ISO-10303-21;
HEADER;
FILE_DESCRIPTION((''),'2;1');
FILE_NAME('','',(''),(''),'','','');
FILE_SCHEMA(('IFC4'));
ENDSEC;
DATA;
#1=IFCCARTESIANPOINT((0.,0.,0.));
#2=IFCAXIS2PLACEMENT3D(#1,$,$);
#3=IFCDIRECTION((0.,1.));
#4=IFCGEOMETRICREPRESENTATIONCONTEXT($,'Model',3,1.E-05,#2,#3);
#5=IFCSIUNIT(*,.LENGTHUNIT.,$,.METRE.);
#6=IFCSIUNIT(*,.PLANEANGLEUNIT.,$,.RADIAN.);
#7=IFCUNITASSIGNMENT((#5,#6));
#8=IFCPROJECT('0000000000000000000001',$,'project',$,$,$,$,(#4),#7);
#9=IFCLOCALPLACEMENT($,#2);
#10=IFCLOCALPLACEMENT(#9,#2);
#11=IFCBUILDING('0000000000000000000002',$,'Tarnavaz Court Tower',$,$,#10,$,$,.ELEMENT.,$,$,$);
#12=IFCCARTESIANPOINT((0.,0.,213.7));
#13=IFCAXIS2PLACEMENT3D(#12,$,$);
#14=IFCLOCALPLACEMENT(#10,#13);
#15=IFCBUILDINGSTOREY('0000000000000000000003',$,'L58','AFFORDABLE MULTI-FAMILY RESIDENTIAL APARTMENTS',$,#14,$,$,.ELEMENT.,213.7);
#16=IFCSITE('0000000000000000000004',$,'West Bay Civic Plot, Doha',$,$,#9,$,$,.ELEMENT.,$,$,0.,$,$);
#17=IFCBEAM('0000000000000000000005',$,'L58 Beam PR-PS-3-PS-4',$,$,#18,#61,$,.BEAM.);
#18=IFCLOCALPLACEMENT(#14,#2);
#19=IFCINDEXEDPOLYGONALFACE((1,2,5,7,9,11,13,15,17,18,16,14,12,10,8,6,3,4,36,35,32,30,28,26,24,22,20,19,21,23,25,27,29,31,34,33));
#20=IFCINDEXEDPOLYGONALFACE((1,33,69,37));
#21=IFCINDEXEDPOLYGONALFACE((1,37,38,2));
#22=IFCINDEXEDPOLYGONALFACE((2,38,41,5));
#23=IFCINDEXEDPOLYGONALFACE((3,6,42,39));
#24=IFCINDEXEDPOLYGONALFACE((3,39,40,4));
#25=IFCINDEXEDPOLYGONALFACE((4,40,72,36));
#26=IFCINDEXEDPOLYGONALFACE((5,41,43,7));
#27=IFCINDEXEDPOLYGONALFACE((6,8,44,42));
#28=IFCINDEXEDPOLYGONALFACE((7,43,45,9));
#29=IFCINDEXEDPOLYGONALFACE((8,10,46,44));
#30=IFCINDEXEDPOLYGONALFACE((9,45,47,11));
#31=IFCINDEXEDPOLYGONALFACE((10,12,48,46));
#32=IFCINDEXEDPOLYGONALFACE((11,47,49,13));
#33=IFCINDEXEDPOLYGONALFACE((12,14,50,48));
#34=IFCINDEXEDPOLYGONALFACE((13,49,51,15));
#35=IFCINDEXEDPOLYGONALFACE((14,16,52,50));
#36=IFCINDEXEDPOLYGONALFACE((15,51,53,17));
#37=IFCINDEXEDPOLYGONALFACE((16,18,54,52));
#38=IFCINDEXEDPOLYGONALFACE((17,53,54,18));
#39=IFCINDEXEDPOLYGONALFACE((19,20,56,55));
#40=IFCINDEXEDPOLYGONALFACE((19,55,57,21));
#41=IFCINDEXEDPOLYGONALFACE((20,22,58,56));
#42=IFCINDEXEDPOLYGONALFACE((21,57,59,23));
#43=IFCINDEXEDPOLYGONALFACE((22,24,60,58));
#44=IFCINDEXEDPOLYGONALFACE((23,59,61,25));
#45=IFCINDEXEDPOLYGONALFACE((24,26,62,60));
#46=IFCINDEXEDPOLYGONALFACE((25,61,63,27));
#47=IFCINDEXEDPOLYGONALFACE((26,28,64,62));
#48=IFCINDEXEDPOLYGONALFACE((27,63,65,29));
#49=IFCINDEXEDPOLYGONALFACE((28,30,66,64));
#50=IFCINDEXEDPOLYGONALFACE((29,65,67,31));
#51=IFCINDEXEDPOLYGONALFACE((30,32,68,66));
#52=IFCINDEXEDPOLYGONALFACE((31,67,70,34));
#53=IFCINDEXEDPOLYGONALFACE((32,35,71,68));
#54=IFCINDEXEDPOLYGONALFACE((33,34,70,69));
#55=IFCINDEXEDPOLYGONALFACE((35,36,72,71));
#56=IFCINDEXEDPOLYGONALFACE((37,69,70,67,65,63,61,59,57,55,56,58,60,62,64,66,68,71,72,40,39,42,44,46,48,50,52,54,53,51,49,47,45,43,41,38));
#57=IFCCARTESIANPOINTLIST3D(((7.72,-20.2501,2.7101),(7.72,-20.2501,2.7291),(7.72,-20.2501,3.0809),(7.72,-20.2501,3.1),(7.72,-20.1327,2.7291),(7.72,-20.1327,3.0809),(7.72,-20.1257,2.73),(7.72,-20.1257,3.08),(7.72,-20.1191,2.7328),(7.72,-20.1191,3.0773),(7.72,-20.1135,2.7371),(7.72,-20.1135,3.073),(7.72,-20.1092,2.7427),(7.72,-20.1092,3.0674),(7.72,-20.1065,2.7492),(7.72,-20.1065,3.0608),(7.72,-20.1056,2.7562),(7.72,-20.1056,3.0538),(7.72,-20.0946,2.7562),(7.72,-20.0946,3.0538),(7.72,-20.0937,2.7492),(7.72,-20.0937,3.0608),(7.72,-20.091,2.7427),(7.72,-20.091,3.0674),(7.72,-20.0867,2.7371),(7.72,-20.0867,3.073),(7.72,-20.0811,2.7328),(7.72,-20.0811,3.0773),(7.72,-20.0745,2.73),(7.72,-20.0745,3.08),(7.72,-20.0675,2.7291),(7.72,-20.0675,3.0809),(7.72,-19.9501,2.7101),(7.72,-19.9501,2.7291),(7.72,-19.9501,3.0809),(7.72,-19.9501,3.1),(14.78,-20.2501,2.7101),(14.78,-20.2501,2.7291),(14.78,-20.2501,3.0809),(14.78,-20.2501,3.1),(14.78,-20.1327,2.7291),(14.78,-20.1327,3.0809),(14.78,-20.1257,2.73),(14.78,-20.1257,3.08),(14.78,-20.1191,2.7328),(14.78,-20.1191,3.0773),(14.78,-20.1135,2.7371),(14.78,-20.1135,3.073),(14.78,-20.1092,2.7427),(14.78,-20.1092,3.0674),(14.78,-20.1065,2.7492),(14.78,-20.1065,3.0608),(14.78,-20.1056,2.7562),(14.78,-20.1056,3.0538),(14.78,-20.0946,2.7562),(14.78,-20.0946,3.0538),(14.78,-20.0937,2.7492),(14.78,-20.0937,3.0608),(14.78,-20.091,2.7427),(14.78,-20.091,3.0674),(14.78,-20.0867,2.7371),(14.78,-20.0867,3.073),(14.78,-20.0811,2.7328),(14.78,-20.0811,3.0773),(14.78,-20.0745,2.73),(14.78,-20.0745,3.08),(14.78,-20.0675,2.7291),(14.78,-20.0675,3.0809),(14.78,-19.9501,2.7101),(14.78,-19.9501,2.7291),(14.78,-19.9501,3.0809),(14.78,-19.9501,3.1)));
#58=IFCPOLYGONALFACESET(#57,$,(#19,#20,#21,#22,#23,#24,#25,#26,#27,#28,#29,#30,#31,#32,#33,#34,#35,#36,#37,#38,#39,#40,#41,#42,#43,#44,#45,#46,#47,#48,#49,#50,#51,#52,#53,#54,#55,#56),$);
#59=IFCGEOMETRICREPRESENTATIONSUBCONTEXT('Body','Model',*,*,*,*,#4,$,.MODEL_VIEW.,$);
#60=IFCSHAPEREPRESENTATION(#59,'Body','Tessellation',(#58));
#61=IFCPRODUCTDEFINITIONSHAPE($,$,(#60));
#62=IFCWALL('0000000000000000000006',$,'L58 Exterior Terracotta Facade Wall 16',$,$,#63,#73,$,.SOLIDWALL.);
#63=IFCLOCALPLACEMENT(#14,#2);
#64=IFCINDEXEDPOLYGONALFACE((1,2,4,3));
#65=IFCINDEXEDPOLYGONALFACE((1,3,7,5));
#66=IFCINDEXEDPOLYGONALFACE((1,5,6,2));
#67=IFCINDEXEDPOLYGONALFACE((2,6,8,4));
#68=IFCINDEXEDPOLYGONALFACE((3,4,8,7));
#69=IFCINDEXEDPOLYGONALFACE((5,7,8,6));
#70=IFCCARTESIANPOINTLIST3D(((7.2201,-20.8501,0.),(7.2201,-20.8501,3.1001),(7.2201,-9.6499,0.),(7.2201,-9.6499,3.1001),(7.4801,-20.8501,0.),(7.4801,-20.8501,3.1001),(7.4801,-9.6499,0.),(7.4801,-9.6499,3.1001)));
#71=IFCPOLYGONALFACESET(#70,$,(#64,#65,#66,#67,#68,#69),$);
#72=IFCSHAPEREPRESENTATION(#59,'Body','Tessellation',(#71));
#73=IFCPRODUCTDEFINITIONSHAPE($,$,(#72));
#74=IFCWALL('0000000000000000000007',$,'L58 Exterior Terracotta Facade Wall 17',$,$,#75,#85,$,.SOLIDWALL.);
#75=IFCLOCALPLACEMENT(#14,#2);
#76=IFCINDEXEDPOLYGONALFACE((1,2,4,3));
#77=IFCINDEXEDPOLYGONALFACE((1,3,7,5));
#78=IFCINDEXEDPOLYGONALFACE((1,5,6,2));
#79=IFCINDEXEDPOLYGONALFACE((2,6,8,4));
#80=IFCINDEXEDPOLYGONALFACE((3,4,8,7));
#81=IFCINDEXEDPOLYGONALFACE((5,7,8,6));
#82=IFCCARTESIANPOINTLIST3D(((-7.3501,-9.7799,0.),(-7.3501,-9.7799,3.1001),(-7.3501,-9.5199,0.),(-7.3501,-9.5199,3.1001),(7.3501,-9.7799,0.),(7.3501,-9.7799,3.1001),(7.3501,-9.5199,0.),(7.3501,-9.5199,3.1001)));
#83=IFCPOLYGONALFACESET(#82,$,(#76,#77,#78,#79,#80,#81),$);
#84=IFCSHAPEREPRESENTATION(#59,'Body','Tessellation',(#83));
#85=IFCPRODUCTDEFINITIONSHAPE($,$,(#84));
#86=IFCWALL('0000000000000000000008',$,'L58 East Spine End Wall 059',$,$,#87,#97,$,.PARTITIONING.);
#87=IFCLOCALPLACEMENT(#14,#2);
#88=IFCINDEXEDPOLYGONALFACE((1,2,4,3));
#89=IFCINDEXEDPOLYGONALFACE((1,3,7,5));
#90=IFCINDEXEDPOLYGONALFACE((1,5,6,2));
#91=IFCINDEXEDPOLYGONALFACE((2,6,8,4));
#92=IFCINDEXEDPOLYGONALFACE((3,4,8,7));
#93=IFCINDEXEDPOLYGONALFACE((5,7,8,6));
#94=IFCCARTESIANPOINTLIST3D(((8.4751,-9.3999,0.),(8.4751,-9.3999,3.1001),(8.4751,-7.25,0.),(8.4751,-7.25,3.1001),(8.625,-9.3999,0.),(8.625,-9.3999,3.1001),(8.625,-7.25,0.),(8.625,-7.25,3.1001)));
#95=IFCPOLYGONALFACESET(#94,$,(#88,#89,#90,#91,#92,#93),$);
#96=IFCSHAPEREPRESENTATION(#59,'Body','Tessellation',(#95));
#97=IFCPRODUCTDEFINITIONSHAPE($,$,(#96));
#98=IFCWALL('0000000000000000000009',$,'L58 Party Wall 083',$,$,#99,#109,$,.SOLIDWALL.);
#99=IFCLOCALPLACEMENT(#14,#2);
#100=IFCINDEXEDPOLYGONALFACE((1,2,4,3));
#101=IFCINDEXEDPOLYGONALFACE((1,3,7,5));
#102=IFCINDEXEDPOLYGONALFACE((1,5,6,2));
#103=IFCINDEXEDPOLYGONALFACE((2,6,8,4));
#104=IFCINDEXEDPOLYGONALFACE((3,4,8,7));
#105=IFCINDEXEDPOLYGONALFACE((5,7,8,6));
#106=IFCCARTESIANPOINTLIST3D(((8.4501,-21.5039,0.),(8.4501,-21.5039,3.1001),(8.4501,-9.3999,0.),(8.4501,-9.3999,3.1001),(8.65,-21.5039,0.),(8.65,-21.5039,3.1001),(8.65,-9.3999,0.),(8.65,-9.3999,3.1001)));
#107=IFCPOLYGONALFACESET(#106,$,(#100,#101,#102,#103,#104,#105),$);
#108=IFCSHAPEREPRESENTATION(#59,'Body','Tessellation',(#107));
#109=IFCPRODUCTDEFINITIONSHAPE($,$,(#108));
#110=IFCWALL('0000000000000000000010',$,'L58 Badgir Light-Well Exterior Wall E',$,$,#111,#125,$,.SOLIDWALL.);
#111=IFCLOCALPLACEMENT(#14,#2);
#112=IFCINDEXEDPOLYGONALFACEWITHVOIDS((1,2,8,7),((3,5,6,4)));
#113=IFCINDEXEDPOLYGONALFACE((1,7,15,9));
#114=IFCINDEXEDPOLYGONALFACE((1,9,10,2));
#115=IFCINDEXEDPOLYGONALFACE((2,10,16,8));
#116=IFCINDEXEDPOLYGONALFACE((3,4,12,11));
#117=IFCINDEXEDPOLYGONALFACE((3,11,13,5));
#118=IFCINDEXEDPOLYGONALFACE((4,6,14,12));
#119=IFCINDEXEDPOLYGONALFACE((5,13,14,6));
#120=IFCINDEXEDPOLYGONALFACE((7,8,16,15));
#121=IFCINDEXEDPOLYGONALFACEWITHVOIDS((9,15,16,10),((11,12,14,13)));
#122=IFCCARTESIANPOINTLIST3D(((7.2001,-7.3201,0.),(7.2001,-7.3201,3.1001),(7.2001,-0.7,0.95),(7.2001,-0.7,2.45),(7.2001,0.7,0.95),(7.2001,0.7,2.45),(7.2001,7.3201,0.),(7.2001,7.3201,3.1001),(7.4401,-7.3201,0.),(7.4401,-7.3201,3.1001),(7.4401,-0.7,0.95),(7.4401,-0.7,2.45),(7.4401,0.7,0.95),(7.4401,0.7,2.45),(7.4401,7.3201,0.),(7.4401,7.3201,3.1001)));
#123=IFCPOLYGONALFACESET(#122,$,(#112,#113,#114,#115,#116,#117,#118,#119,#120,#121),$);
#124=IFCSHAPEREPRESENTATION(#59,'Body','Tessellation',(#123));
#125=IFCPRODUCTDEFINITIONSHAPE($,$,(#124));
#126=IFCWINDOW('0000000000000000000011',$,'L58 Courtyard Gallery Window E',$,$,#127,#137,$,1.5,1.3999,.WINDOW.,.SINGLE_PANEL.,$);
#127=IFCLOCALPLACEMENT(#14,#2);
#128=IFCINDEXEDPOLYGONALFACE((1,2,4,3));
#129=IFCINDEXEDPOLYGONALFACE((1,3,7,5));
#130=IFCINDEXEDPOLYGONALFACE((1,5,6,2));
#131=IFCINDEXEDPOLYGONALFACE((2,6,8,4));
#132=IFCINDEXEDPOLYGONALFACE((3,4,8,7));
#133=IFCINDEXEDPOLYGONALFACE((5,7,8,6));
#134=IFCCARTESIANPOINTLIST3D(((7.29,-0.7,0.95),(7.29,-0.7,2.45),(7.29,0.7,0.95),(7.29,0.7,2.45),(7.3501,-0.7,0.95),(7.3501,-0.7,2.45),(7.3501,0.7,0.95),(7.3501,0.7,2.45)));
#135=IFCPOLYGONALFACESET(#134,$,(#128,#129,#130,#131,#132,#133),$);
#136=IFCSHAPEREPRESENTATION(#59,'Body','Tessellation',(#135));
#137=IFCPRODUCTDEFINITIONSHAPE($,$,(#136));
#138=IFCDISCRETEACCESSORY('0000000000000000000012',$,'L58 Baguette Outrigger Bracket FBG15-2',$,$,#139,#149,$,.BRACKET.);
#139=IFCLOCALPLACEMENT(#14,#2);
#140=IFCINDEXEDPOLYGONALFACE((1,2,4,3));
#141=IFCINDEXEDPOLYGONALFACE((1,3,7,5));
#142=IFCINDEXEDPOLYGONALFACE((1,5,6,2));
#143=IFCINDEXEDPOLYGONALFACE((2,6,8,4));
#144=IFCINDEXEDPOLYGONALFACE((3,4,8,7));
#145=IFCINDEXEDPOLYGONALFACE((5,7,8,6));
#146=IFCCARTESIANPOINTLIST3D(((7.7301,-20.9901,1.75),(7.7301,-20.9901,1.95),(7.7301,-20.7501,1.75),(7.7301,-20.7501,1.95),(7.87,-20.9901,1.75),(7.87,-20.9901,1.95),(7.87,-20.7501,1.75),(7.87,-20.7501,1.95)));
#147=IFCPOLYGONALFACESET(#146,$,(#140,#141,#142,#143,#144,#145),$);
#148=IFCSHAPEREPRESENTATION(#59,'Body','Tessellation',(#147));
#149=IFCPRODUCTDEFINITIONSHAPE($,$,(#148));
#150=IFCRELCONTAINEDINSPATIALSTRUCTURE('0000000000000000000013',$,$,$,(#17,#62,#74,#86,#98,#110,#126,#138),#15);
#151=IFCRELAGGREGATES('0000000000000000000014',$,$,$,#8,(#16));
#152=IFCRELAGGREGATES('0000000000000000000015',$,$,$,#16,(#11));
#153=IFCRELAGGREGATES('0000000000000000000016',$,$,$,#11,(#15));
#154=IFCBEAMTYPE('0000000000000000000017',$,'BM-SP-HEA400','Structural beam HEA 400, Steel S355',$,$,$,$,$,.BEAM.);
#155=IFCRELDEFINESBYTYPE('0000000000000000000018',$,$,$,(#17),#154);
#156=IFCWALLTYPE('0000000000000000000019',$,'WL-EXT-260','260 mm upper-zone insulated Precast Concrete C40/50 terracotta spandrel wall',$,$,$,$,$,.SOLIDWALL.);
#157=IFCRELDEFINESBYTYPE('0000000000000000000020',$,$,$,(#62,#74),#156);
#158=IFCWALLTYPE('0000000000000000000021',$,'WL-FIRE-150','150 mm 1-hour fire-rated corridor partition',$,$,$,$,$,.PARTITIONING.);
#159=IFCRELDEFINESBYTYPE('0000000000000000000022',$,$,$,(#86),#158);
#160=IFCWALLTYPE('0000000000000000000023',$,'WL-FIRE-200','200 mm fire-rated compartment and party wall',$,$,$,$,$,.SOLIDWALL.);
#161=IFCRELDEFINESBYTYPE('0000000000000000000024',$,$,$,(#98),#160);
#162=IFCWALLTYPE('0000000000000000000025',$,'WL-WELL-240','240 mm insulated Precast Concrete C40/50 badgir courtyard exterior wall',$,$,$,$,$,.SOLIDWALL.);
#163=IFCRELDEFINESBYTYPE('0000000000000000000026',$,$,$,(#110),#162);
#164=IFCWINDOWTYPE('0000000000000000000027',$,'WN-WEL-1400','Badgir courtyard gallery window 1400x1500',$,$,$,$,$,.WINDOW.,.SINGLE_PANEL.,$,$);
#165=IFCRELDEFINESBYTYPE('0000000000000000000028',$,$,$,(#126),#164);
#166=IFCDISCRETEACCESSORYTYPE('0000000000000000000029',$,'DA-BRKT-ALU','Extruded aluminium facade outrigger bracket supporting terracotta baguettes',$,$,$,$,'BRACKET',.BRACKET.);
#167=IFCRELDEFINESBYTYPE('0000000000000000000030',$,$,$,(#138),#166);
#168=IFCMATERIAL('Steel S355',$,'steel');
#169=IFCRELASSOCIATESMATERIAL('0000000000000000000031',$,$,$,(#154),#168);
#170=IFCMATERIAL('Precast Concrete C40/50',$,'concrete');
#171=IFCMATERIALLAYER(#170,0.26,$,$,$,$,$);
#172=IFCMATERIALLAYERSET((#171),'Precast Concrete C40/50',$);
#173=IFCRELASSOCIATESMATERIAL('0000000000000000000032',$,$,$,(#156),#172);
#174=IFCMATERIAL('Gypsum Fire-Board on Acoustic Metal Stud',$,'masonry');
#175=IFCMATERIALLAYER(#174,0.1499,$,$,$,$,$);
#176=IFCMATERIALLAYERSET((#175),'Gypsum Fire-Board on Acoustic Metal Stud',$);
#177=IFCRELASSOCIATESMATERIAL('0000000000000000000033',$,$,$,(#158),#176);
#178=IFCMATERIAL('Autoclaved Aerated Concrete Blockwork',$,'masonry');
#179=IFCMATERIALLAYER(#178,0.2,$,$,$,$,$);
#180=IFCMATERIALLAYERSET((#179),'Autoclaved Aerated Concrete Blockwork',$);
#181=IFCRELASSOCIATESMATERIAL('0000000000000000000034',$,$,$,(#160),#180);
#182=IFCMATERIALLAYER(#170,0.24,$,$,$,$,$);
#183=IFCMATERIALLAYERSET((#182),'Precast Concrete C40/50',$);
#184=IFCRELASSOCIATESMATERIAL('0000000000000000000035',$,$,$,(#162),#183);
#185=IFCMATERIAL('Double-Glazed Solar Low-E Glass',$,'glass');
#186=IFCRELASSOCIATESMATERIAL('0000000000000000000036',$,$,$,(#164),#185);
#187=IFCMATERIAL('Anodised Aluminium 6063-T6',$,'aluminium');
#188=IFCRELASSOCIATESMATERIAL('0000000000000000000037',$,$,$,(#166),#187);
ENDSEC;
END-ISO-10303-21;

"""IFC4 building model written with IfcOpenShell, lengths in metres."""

from ifc_helpers import new_model, si_unit, direction, frame, frame_2d, origin, origin_2d, place, context, subcontext, project, spatial, rectangle, i_section, extrude, material, layer, layer_set, material_profile, profile_set, type_object, element, fill, save


model = new_model("IFC4")

# Units and contexts
model_context = context("Model", 3, precision=1e-05, world=origin(), true_north=direction((0.0, 1.0)))
body_context = subcontext(model_context, "Body", "Model", "MODEL_VIEW")
ifc_project = project(units=[si_unit("LENGTHUNIT", "METRE"), si_unit("PLANEANGLEUNIT", "RADIAN")], contexts=[model_context])

# Site, building, storey
site_placement = place(None, origin())
site = spatial("IfcSite", under=ifc_project, at=site_placement, Name="West Bay Civic Plot, Doha", CompositionType="ELEMENT", RefElevation=0.0)
building_placement = place(site_placement, origin())
building = spatial("IfcBuilding", under=site, at=building_placement, Name="Tarnavaz Court Tower", CompositionType="ELEMENT")
storey_placement = place(building_placement, frame((0.0, 0.0, 213.7)))
storey = spatial("IfcBuildingStorey", under=building, at=storey_placement, Name="L58", Description="AFFORDABLE MULTI-FAMILY RESIDENTIAL APARTMENTS", CompositionType="ELEMENT", Elevation=213.7)

# Beam
ifc_material_1 = material(Name="Steel S355", Category="steel")
ifc_material_profile_1 = material_profile(ifc_material_1, i_section(OverallWidth=0.3, OverallDepth=0.3899, WebThickness=0.011, FlangeThickness=0.019, FilletRadius=0.0271, at=origin_2d()), Name="HEA 400")
ifc_profile_set_1 = profile_set([ifc_material_profile_1], Name="Steel S355")
beam_type_1 = type_object("IfcBeamType", Name="BM-SP-HEA400", Description="Structural beam HEA 400, Steel S355", PredefinedType="BEAM", material=ifc_profile_set_1)
beam_1_placement = place(storey_placement, frame((7.72, -20.1001, 2.905), z_axis=(1.0, 0.0, 0.0), x_axis=(0.0, 1.0, 0.0)))
element("IfcBeam", 1, at=beam_1_placement, inside=storey, type_object=beam_type_1, Name="L58 Beam PR-PS-3-PS-4", PredefinedType="BEAM", context=body_context, shape_type="SweptSolid", body=[
    extrude(i_section(OverallWidth=0.3, OverallDepth=0.3899, WebThickness=0.011, FlangeThickness=0.019, FilletRadius=0.0271, at=origin_2d()), origin(), (0.0, 0.0, 1.0), 7.0601),
])

# Walls
ifc_material_2 = material(Name="Precast Concrete C40/50", Category="concrete")
ifc_layer_1 = layer(ifc_material_2, 0.26)
ifc_layer_set_1 = layer_set([ifc_layer_1], Name="Precast Concrete C40/50")
wall_type_1 = type_object("IfcWallType", Name="WL-EXT-260", Description="260 mm upper-zone insulated Precast Concrete C40/50 terracotta spandrel wall", PredefinedType="SOLIDWALL", material=ifc_layer_set_1)
wall_1_placement = place(storey_placement, frame((7.3501, -20.8501, 0.0), z_axis=(0.0, 0.0, 1.0), x_axis=(0.0, 1.0, 0.0)))
element("IfcWall", 2, at=wall_1_placement, inside=storey, type_object=wall_type_1, Name="L58 Exterior Terracotta Facade Wall 16", PredefinedType="SOLIDWALL", context=body_context, shape_type="SweptSolid", body=[
    extrude(rectangle(XDim=11.2002, YDim=0.26, at=frame_2d((5.6001, 0.0))), origin(), (0.0, 0.0, 1.0), 3.1001),
])
wall_2_placement = place(storey_placement, frame((7.3501, -9.6499, 0.0), z_axis=(0.0, 0.0, 1.0), x_axis=(-1.0, 0.0, 0.0)))
element("IfcWall", 3, at=wall_2_placement, inside=storey, type_object=wall_type_1, Name="L58 Exterior Terracotta Facade Wall 17", PredefinedType="SOLIDWALL", context=body_context, shape_type="SweptSolid", body=[
    extrude(rectangle(XDim=14.7002, YDim=0.26, at=frame_2d((7.3501, 0.0))), origin(), (0.0, 0.0, 1.0), 3.1001),
])

# Shared definitions
ifc_material_3 = material(Name="Gypsum Fire-Board on Acoustic Metal Stud", Category="masonry")
ifc_layer_2 = layer(ifc_material_3, 0.1499)
ifc_layer_set_2 = layer_set([ifc_layer_2], Name="Gypsum Fire-Board on Acoustic Metal Stud")
wall_type_2 = type_object("IfcWallType", Name="WL-FIRE-150", Description="150 mm 1-hour fire-rated corridor partition", PredefinedType="PARTITIONING", material=ifc_layer_set_2)

# Walls
wall_3_placement = place(storey_placement, frame((8.55, -9.3999, 0.0), z_axis=(0.0, 0.0, 1.0), x_axis=(0.0, 1.0, 0.0)))
element("IfcWall", 4, at=wall_3_placement, inside=storey, type_object=wall_type_2, Name="L58 East Spine End Wall 059", PredefinedType="PARTITIONING", context=body_context, shape_type="SweptSolid", body=[
    extrude(rectangle(XDim=2.1499, YDim=0.1499, at=frame_2d((1.075, 0.0))), origin(), (0.0, 0.0, 1.0), 3.1001),
])
ifc_material_4 = material(Name="Autoclaved Aerated Concrete Blockwork", Category="masonry")
ifc_layer_3 = layer(ifc_material_4, 0.2)
ifc_layer_set_3 = layer_set([ifc_layer_3], Name="Autoclaved Aerated Concrete Blockwork")
wall_type_3 = type_object("IfcWallType", Name="WL-FIRE-200", Description="200 mm fire-rated compartment and party wall", PredefinedType="SOLIDWALL", material=ifc_layer_set_3)
wall_4_placement = place(storey_placement, frame((8.55, -21.5039, 0.0), z_axis=(0.0, 0.0, 1.0), x_axis=(0.0, 1.0, 0.0)))
element("IfcWall", 5, at=wall_4_placement, inside=storey, type_object=wall_type_3, Name="L58 Party Wall 083", PredefinedType="SOLIDWALL", context=body_context, shape_type="SweptSolid", body=[
    extrude(rectangle(XDim=12.104, YDim=0.2, at=frame_2d((6.052, 0.0))), origin(), (0.0, 0.0, 1.0), 3.1001),
])

# Wall, opening, window
ifc_layer_4 = layer(ifc_material_2, 0.24)
ifc_layer_set_4 = layer_set([ifc_layer_4], Name="Precast Concrete C40/50")
wall_type_4 = type_object("IfcWallType", Name="WL-WELL-240", Description="240 mm insulated Precast Concrete C40/50 badgir courtyard exterior wall", PredefinedType="SOLIDWALL", material=ifc_layer_set_4)
wall_5_placement = place(storey_placement, frame((7.3201, -7.3201, 0.0), z_axis=(0.0, 0.0, 1.0), x_axis=(0.0, 1.0, 0.0)))
wall_5 = element("IfcWall", 6, at=wall_5_placement, inside=storey, type_object=wall_type_4, Name="L58 Badgir Light-Well Exterior Wall E", PredefinedType="SOLIDWALL", context=body_context, shape_type="SweptSolid", body=[
    extrude(rectangle(XDim=14.6401, YDim=0.24, at=frame_2d((7.3201, 0.0))), origin(), (0.0, 0.0, 1.0), 3.1001),
])
opening_1_placement = place(wall_5_placement, frame((6.6201, 0.0, 0.95)))
opening_1 = element("IfcOpeningElement", 7, at=opening_1_placement, cuts=wall_5, PredefinedType="OPENING", context=body_context, shape_type="SweptSolid", body=[
    extrude(rectangle(XDim=1.3999, YDim=1.5, at=frame_2d((0.7, 0.75))), frame((0.0, 0.1299, 0.0), z_axis=(0.0, -1.0, 0.0), x_axis=(1.0, 0.0, 0.0)), (0.0, 0.0, 1.0), 0.26),
])
ifc_material_5 = material(Name="Double-Glazed Solar Low-E Glass", Category="glass")
window_type = type_object("IfcWindowType", Name="WN-WEL-1400", Description="Badgir courtyard gallery window 1400x1500", PartitioningType="SINGLE_PANEL", PredefinedType="WINDOW", material=ifc_material_5)
window_placement = place(opening_1_placement, origin())
window = element("IfcWindow", 8, at=window_placement, inside=storey, type_object=window_type, Name="L58 Courtyard Gallery Window E", OverallHeight=1.5, OverallWidth=1.3999, PartitioningType="SINGLE_PANEL", PredefinedType="WINDOW", context=body_context, shape_type="SweptSolid", body=[
    extrude(rectangle(XDim=1.3999, YDim=1.5, at=frame_2d((0.7, 0.75))), frame((0.0, 0.03, 0.0), z_axis=(0.0, -1.0, 0.0), x_axis=(1.0, 0.0, 0.0)), (0.0, 0.0, 1.0), 0.0601),
])
fill(opening_1, window)

# Discrete accessory
ifc_material_6 = material(Name="Anodised Aluminium 6063-T6", Category="aluminium")
discrete_accessory_type = type_object("IfcDiscreteAccessoryType", Name="DA-BRKT-ALU", Description="Extruded aluminium facade outrigger bracket supporting terracotta baguettes", ElementType="BRACKET", PredefinedType="BRACKET", material=ifc_material_6)
discrete_accessory_placement = place(storey_placement, frame((7.8, -20.8701, 1.75), z_axis=(0.0, 0.0, 1.0), x_axis=(-1.0, 0.0, 0.0)))
element("IfcDiscreteAccessory", 9, at=discrete_accessory_placement, inside=storey, type_object=discrete_accessory_type, Name="L58 Baguette Outrigger Bracket FBG15-2", PredefinedType="BRACKET", context=body_context, shape_type="SweptSolid", body=[
    extrude(rectangle(XDim=0.1399, YDim=0.24, at=origin_2d()), origin(), (0.0, 0.0, 1.0), 0.2),
])

save(model, "model.ifc")
